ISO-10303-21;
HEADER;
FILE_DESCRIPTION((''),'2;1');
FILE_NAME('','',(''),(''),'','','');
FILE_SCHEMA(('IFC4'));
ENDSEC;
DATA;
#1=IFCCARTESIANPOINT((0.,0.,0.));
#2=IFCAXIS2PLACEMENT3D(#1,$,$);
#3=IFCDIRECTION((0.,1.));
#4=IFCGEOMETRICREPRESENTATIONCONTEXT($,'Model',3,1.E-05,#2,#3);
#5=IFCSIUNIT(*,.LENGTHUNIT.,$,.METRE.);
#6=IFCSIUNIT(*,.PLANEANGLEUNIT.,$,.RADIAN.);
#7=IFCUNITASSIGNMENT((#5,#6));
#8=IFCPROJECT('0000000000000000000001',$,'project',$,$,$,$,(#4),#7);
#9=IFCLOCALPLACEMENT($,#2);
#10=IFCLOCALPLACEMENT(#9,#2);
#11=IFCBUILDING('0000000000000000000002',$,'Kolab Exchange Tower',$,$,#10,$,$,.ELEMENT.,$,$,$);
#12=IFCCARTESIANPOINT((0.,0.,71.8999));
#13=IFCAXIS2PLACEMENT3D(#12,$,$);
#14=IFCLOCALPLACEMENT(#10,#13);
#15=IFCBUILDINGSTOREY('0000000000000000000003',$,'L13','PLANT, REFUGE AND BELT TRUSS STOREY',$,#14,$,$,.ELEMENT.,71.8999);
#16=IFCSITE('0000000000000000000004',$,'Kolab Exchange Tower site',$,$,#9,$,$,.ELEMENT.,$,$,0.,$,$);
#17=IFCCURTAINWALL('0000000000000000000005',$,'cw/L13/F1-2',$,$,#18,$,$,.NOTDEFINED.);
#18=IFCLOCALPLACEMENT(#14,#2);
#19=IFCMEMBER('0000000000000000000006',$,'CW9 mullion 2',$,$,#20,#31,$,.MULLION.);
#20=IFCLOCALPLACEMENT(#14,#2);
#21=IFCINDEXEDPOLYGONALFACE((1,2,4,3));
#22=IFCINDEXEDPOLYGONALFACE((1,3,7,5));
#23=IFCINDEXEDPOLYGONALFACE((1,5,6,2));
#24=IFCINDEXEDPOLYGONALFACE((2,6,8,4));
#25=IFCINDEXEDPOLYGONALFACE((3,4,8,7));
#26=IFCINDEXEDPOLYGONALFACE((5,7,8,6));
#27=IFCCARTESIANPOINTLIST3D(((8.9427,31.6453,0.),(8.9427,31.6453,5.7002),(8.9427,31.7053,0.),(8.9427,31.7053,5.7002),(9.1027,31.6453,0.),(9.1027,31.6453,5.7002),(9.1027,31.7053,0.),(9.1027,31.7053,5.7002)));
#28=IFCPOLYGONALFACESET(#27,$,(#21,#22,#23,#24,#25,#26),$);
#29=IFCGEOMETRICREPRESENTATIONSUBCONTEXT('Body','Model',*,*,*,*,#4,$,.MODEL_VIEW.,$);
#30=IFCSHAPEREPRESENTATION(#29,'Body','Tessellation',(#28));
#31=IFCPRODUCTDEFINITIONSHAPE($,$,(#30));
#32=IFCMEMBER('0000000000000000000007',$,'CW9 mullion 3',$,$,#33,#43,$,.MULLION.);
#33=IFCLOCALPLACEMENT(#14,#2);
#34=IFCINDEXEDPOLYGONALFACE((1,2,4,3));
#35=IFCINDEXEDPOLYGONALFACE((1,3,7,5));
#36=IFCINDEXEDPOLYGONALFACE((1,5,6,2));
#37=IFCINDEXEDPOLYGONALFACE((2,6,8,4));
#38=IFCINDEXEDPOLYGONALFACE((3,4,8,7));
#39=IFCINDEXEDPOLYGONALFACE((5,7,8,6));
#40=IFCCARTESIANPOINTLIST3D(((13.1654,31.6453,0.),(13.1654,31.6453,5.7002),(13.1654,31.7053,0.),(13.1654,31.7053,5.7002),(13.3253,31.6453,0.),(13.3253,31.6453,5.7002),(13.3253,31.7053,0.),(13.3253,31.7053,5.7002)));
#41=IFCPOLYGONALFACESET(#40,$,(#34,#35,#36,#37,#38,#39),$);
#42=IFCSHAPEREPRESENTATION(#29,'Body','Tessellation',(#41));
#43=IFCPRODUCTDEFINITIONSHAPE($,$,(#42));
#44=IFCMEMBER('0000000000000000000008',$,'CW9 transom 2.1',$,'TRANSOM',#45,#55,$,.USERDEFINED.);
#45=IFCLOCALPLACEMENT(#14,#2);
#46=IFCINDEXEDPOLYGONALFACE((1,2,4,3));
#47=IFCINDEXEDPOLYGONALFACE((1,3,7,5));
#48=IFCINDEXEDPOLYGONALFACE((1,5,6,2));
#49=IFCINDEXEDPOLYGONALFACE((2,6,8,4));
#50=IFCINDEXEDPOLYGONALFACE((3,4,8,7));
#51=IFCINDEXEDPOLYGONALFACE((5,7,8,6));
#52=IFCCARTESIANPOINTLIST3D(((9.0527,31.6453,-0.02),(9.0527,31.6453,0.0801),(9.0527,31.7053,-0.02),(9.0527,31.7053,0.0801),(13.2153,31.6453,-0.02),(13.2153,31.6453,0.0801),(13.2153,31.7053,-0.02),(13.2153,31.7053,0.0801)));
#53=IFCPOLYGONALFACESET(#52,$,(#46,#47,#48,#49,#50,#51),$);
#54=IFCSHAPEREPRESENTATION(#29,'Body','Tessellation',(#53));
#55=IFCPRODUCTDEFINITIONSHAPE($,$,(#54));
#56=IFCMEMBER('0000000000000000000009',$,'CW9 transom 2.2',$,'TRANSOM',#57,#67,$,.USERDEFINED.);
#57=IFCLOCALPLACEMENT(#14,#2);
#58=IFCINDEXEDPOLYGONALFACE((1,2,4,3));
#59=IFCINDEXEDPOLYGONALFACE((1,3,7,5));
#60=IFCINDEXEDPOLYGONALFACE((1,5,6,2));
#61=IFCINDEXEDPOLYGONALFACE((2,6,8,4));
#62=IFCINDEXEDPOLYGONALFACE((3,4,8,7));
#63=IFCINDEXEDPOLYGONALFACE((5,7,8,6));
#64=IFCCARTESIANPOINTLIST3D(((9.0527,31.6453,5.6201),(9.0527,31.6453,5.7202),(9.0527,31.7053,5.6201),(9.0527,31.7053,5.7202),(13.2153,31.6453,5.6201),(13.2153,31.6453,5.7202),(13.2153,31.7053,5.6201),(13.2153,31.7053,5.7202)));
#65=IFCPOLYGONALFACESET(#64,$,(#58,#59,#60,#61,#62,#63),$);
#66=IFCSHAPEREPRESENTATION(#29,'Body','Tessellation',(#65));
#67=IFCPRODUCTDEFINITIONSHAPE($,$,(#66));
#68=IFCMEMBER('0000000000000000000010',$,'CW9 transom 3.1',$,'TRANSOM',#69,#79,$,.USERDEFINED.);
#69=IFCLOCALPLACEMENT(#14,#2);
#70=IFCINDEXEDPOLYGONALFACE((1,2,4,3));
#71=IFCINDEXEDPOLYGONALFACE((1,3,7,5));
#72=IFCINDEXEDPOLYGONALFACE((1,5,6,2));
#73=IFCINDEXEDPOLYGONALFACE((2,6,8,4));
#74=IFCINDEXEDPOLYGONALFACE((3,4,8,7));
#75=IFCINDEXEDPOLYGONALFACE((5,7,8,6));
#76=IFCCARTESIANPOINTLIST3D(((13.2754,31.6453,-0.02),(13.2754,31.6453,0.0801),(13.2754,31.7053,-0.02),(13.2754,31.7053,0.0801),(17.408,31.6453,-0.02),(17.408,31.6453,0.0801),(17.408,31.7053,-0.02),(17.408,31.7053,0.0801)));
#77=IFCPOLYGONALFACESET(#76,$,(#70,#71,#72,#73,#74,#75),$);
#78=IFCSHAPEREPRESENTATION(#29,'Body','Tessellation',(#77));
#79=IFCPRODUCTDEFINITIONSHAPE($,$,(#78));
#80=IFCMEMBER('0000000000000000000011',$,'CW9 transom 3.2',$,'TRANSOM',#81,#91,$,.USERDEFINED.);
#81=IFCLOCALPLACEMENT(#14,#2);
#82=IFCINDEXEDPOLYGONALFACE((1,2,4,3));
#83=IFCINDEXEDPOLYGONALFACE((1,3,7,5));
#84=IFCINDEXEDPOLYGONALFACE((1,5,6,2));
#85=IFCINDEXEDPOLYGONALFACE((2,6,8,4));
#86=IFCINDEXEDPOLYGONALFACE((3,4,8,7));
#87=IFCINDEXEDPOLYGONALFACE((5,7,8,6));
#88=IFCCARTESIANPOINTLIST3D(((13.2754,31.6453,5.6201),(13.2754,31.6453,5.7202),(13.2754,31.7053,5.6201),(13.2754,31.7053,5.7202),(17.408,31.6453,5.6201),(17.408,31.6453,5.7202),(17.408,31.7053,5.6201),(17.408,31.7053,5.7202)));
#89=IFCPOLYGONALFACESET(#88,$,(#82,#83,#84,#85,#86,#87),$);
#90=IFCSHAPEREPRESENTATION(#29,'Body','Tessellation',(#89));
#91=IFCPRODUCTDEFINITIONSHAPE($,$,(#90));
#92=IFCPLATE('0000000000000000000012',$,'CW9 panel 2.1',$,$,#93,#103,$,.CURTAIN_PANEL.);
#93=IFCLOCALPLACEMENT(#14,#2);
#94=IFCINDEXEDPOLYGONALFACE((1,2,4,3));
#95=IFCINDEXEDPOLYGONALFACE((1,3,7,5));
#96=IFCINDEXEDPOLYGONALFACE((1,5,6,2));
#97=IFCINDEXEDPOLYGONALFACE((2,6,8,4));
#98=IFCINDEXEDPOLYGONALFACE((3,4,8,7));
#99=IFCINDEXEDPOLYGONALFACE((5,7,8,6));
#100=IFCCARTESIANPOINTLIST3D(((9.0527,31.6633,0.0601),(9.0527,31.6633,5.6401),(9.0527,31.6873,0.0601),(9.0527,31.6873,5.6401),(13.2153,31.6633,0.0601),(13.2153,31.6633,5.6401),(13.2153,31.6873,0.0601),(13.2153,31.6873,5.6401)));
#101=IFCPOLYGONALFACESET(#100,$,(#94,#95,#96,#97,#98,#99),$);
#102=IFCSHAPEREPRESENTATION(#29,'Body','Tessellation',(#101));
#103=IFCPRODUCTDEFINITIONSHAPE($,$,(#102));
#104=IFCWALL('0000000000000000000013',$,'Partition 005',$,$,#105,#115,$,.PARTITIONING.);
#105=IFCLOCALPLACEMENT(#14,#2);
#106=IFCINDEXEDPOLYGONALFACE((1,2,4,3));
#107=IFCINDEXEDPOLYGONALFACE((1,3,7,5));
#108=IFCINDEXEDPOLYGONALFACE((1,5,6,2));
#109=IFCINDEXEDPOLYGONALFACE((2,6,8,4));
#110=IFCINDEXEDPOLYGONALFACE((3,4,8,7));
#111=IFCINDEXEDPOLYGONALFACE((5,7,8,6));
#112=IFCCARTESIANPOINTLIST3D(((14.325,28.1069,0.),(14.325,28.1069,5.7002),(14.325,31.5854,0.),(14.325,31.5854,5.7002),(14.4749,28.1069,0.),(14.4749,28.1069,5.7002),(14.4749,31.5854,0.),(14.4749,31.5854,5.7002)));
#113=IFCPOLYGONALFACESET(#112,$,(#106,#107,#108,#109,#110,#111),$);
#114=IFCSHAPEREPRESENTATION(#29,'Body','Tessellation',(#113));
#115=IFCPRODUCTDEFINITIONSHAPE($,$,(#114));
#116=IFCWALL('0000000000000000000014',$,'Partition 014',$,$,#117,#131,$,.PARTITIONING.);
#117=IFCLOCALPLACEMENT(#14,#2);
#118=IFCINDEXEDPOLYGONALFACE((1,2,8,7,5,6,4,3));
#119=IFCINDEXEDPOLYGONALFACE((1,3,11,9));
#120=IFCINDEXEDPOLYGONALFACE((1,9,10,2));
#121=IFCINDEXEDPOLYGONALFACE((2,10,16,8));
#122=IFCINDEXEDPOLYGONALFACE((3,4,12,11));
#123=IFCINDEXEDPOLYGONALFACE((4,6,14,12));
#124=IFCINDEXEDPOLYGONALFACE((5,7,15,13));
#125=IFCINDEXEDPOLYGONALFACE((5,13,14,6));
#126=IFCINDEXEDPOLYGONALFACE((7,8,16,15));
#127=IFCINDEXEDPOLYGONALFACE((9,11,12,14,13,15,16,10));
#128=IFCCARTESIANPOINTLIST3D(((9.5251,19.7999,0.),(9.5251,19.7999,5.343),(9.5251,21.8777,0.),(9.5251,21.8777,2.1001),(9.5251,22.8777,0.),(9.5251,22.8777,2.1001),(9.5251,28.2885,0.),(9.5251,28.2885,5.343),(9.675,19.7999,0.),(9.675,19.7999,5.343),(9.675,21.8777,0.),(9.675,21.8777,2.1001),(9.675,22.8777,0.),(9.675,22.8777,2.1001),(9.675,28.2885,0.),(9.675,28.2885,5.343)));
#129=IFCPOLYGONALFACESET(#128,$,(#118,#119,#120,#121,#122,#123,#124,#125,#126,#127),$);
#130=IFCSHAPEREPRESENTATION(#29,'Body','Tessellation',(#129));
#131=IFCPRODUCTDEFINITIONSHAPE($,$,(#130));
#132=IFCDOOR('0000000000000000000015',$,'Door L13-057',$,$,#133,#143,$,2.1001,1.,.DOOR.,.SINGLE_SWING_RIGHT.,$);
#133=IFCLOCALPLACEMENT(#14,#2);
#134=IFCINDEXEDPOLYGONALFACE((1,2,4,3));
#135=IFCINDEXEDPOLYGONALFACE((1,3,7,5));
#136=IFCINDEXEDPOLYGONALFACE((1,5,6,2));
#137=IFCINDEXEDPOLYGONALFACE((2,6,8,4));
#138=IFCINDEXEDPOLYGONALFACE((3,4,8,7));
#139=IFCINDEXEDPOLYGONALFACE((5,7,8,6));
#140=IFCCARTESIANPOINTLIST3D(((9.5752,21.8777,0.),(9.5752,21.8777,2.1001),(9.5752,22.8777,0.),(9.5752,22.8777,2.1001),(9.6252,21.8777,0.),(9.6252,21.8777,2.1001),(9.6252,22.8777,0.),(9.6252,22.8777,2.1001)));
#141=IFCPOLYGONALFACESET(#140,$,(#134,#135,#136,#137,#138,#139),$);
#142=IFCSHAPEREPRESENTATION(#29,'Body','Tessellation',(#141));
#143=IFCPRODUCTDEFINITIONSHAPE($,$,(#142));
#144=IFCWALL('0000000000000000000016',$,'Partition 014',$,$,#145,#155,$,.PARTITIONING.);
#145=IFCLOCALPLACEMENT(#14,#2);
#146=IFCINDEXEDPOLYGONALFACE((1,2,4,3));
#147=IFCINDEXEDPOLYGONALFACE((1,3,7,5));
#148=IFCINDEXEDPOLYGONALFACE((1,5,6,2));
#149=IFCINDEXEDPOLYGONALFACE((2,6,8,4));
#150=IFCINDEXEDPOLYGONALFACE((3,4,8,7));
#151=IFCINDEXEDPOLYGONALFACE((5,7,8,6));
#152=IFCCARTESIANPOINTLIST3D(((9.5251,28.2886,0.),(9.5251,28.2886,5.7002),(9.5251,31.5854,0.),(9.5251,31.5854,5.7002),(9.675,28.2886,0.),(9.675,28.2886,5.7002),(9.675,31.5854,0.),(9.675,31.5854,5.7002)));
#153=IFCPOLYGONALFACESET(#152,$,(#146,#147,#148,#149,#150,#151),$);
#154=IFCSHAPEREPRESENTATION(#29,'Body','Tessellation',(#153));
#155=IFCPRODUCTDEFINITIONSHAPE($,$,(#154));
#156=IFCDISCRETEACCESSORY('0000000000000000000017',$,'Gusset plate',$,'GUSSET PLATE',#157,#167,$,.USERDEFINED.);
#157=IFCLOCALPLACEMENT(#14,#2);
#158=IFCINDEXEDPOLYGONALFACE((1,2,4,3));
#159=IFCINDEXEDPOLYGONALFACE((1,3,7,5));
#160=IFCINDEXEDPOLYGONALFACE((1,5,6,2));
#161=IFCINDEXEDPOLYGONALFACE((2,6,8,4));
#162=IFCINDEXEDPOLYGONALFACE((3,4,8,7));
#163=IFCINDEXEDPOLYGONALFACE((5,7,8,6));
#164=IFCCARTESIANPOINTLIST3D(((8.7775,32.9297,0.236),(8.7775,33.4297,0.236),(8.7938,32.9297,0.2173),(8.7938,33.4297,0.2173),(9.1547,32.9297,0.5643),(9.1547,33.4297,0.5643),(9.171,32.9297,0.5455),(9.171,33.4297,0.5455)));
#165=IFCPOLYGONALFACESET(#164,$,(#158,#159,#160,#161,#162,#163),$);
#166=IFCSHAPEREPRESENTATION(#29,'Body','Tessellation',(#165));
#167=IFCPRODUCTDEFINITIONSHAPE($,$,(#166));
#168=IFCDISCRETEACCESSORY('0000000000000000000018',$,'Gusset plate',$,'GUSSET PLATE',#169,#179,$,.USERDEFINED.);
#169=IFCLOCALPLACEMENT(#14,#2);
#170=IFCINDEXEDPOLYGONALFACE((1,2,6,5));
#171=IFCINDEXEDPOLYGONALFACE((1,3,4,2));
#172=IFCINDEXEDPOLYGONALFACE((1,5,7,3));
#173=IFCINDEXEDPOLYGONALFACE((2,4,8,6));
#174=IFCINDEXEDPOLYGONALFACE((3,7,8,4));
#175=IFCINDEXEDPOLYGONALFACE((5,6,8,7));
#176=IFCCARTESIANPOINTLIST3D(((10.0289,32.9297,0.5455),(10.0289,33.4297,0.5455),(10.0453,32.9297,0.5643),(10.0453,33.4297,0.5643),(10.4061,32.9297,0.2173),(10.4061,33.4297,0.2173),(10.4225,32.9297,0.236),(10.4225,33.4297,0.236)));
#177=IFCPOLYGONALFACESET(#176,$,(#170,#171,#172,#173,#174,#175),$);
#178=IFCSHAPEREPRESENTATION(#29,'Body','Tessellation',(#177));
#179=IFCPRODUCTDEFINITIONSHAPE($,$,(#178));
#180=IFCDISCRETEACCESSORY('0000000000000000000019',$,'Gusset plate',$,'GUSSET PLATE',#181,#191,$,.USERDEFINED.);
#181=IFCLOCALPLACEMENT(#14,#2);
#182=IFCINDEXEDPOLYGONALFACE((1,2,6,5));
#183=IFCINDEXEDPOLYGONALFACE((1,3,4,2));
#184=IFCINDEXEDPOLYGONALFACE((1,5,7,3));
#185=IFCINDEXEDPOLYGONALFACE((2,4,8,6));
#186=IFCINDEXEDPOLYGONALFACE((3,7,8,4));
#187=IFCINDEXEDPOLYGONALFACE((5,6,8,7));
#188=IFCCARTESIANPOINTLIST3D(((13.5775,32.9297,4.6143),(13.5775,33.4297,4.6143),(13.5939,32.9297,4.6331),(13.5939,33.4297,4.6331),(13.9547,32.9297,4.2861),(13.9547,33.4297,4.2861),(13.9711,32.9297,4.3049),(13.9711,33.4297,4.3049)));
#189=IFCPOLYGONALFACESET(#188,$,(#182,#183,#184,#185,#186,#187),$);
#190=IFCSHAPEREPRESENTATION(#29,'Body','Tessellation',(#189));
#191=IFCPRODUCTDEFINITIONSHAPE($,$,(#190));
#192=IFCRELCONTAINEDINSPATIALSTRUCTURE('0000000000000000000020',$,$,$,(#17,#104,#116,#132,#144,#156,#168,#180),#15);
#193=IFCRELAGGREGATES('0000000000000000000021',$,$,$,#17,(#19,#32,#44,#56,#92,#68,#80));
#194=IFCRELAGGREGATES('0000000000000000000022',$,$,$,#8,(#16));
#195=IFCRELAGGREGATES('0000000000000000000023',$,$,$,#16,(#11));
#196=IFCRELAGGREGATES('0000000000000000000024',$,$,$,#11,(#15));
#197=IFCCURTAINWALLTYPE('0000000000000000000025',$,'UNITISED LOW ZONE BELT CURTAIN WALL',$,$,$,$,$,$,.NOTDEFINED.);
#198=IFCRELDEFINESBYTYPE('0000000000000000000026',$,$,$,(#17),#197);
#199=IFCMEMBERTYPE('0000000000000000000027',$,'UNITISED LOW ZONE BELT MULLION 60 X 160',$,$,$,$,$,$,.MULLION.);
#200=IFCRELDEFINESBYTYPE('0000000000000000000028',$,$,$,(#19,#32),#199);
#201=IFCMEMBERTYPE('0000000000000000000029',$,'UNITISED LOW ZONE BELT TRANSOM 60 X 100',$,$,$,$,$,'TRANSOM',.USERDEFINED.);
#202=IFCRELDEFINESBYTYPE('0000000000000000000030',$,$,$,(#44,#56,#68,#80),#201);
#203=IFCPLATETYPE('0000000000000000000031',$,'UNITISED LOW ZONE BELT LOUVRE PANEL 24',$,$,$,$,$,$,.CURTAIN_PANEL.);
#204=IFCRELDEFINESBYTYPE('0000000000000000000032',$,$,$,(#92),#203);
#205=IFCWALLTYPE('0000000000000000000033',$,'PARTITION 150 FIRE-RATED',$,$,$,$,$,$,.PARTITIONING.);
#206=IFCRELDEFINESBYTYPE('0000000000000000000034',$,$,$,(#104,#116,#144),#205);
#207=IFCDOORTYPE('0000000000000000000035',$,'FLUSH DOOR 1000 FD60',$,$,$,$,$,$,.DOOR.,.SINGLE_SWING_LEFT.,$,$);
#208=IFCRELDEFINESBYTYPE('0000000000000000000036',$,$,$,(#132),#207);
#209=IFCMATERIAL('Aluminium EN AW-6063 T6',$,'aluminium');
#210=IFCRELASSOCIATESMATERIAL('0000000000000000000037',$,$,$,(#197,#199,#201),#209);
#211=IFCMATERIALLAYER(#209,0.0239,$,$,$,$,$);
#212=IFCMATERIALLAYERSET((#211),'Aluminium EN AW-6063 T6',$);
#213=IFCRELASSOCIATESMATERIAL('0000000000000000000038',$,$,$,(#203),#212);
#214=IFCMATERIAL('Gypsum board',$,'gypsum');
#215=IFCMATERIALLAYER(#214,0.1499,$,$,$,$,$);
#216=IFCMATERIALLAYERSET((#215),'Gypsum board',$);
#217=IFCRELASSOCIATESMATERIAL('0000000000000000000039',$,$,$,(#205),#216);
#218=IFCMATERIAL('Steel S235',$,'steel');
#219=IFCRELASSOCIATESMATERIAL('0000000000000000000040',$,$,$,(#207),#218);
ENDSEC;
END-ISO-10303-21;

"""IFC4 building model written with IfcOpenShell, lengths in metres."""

from ifc_helpers import new_model, si_unit, direction, frame, frame_2d, origin, origin_2d, place, context, subcontext, project, spatial, rectangle, extrude, material, layer, layer_set, material_profile, profile_set, type_object, element, fill, aggregate, save


model = new_model("IFC4")

# Units and contexts
model_context = context("Model", 3, precision=1e-05, world=origin(), true_north=direction((0.0, 1.0)))
body_context = subcontext(model_context, "Body", "Model", "MODEL_VIEW")
ifc_project = project(units=[si_unit("LENGTHUNIT", "METRE"), si_unit("PLANEANGLEUNIT", "RADIAN")], contexts=[model_context])

# Site, building, storey
site_placement = place(None, origin())
site = spatial("IfcSite", under=ifc_project, at=site_placement, Name="Kolab Exchange Tower site", CompositionType="ELEMENT", RefElevation=0.0)
building_placement = place(site_placement, origin())
building = spatial("IfcBuilding", under=site, at=building_placement, Name="Kolab Exchange Tower", CompositionType="ELEMENT")
storey_placement = place(building_placement, frame((0.0, 0.0, 71.8999)))
storey = spatial("IfcBuildingStorey", under=building, at=storey_placement, Name="L13", Description="PLANT, REFUGE AND BELT TRUSS STOREY", CompositionType="ELEMENT", Elevation=71.8999)

# Curtain wall, members, plate
ifc_material_1 = material(Name="Aluminium EN AW-6063 T6", Category="aluminium")
curtain_wall_type = type_object("IfcCurtainWallType", Name="UNITISED LOW ZONE BELT CURTAIN WALL", PredefinedType="NOTDEFINED", material=ifc_material_1)
curtain_wall_placement = place(storey_placement, origin())
curtain_wall = element("IfcCurtainWall", 1, at=curtain_wall_placement, inside=storey, type_object=curtain_wall_type, Name="cw/L13/F1-2", PredefinedType="NOTDEFINED")
ifc_material_profile_1 = material_profile(ifc_material_1, rectangle(XDim=0.0601, YDim=0.1599, at=origin_2d()), Name="RECT 60X160")
ifc_profile_set_1 = profile_set([ifc_material_profile_1], Name="Aluminium EN AW-6063 T6")
member_type_1 = type_object("IfcMemberType", Name="UNITISED LOW ZONE BELT MULLION 60 X 160", PredefinedType="MULLION", material=ifc_profile_set_1)
member_1_placement = place(storey_placement, frame((9.0227, 31.6753, 0.0), z_axis=(0.0, 0.0, 1.0), x_axis=(0.0, 1.0, 0.0)))
member_1 = element("IfcMember", 2, at=member_1_placement, type_object=member_type_1, Name="CW9 mullion 2", PredefinedType="MULLION", context=body_context, shape_type="SweptSolid", body=[
    extrude(rectangle(XDim=0.0601, YDim=0.1599, at=origin_2d()), origin(), (0.0, 0.0, 1.0), 5.7002),
])
member_2_placement = place(storey_placement, frame((13.2454, 31.6753, 0.0), z_axis=(0.0, 0.0, 1.0), x_axis=(0.0, 1.0, 0.0)))
member_2 = element("IfcMember", 3, at=member_2_placement, type_object=member_type_1, Name="CW9 mullion 3", PredefinedType="MULLION", context=body_context, shape_type="SweptSolid", body=[
    extrude(rectangle(XDim=0.0601, YDim=0.1599, at=origin_2d()), origin(), (0.0, 0.0, 1.0), 5.7002),
])
ifc_material_profile_2 = material_profile(ifc_material_1, rectangle(XDim=0.0601, YDim=0.1001, at=origin_2d()), Name="RECT 60X100")
ifc_profile_set_2 = profile_set([ifc_material_profile_2], Name="Aluminium EN AW-6063 T6")
member_type_2 = type_object("IfcMemberType", Name="UNITISED LOW ZONE BELT TRANSOM 60 X 100", ElementType="TRANSOM", PredefinedType="USERDEFINED", material=ifc_profile_set_2)
member_3_placement = place(storey_placement, frame((9.0527, 31.6753, 0.03), z_axis=(1.0, 0.0, 0.0), x_axis=(0.0, 1.0, 0.0)))
member_3 = element("IfcMember", 4, at=member_3_placement, type_object=member_type_2, Name="CW9 transom 2.1", ObjectType="TRANSOM", PredefinedType="USERDEFINED", context=body_context, shape_type="SweptSolid", body=[
    extrude(rectangle(XDim=0.0601, YDim=0.1001, at=origin_2d()), origin(), (0.0, 0.0, 1.0), 4.1626),
])
member_4_placement = place(storey_placement, frame((9.0527, 31.6753, 5.6702), z_axis=(1.0, 0.0, 0.0), x_axis=(0.0, 1.0, 0.0)))
member_4 = element("IfcMember", 5, at=member_4_placement, type_object=member_type_2, Name="CW9 transom 2.2", ObjectType="TRANSOM", PredefinedType="USERDEFINED", context=body_context, shape_type="SweptSolid", body=[
    extrude(rectangle(XDim=0.0601, YDim=0.1001, at=origin_2d()), origin(), (0.0, 0.0, 1.0), 4.1626),
])
member_5_placement = place(storey_placement, frame((13.2754, 31.6753, 0.03), z_axis=(1.0, 0.0, 0.0), x_axis=(0.0, 1.0, 0.0)))
member_5 = element("IfcMember", 6, at=member_5_placement, type_object=member_type_2, Name="CW9 transom 3.1", ObjectType="TRANSOM", PredefinedType="USERDEFINED", context=body_context, shape_type="SweptSolid", body=[
    extrude(rectangle(XDim=0.0601, YDim=0.1001, at=origin_2d()), origin(), (0.0, 0.0, 1.0), 4.1326),
])
member_6_placement = place(storey_placement, frame((13.2754, 31.6753, 5.6702), z_axis=(1.0, 0.0, 0.0), x_axis=(0.0, 1.0, 0.0)))
member_6 = element("IfcMember", 7, at=member_6_placement, type_object=member_type_2, Name="CW9 transom 3.2", ObjectType="TRANSOM", PredefinedType="USERDEFINED", context=body_context, shape_type="SweptSolid", body=[
    extrude(rectangle(XDim=0.0601, YDim=0.1001, at=origin_2d()), origin(), (0.0, 0.0, 1.0), 4.1326),
])
ifc_layer_1 = layer(ifc_material_1, 0.0239)
ifc_layer_set_1 = layer_set([ifc_layer_1], Name="Aluminium EN AW-6063 T6")
plate_type = type_object("IfcPlateType", Name="UNITISED LOW ZONE BELT LOUVRE PANEL 24", PredefinedType="CURTAIN_PANEL", material=ifc_layer_set_1)
plate_placement = place(storey_placement, frame((11.134, 31.6753, 0.0601), z_axis=(0.0, 0.0, 1.0), x_axis=(1.0, 0.0, 0.0)))
plate = element("IfcPlate", 8, at=plate_placement, type_object=plate_type, Name="CW9 panel 2.1", PredefinedType="CURTAIN_PANEL", context=body_context, shape_type="SweptSolid", body=[
    extrude(rectangle(XDim=4.1626, YDim=0.0239, at=origin_2d()), origin(), (0.0, 0.0, 1.0), 5.5801),
])
aggregate(curtain_wall, [member_1, member_2, member_3, member_4, plate, member_5, member_6])

# Wall
ifc_material_2 = material(Name="Gypsum board", Category="gypsum")
ifc_layer_2 = layer(ifc_material_2, 0.1499)
ifc_layer_set_2 = layer_set([ifc_layer_2], Name="Gypsum board")
wall_type = type_object("IfcWallType", Name="PARTITION 150 FIRE-RATED", PredefinedType="PARTITIONING", material=ifc_layer_set_2)
wall_1_placement = place(storey_placement, frame((14.3999, 28.1069, 0.0), z_axis=(0.0, 0.0, 1.0), x_axis=(0.0, 1.0, 0.0)))
element("IfcWall", 9, at=wall_1_placement, inside=storey, type_object=wall_type, Name="Partition 005", PredefinedType="PARTITIONING", context=body_context, shape_type="SweptSolid", body=[
    extrude(rectangle(XDim=3.4785, YDim=0.1499, at=frame_2d((1.7393, 0.0))), origin(), (0.0, 0.0, 1.0), 5.7002),
])

# Wall, opening, door
wall_2_placement = place(storey_placement, frame((9.6001, 19.8, 0.0), z_axis=(0.0, 0.0, 1.0), x_axis=(0.0, 1.0, 0.0)))
wall_2 = element("IfcWall", 10, at=wall_2_placement, inside=storey, type_object=wall_type, Name="Partition 014", PredefinedType="PARTITIONING", context=body_context, shape_type="SweptSolid", body=[
    extrude(rectangle(XDim=8.4885, YDim=0.1499, at=frame_2d((4.2441, 0.0))), origin(), (0.0, 0.0, 1.0), 5.343),
])
opening_placement = place(wall_2_placement, frame((2.0776, 0.0, 0.0)))
opening = element("IfcOpeningElement", 11, at=opening_placement, cuts=wall_2, PredefinedType="OPENING", context=body_context, shape_type="SweptSolid", body=[
    extrude(rectangle(XDim=1.0, YDim=2.1001, at=frame_2d((0.5, 1.05))), frame((0.0, 0.085, 0.0), z_axis=(0.0, -1.0, 0.0), x_axis=(1.0, 0.0, 0.0)), (0.0, 0.0, 1.0), 0.1699),
])
ifc_material_3 = material(Name="Steel S235", Category="steel")
door_type = type_object("IfcDoorType", Name="FLUSH DOOR 1000 FD60", OperationType="SINGLE_SWING_LEFT", PredefinedType="DOOR", material=ifc_material_3)
door_placement = place(opening_placement, origin())
door = element("IfcDoor", 12, at=door_placement, inside=storey, type_object=door_type, Name="Door L13-057", OperationType="SINGLE_SWING_RIGHT", OverallHeight=2.1001, OverallWidth=1.0, PredefinedType="DOOR", context=body_context, shape_type="SweptSolid", body=[
    extrude(rectangle(XDim=1.0, YDim=2.1001, at=frame_2d((0.5, 1.05))), frame((0.0, 0.0249, 0.0), z_axis=(0.0, -1.0, 0.0), x_axis=(1.0, 0.0, 0.0)), (0.0, 0.0, 1.0), 0.05),
])
fill(opening, door)

# Wall
wall_3_placement = place(storey_placement, frame((9.6001, 28.2886, 0.0), z_axis=(0.0, 0.0, 1.0), x_axis=(0.0, 1.0, 0.0)))
element("IfcWall", 13, at=wall_3_placement, inside=storey, type_object=wall_type, Name="Partition 014", PredefinedType="PARTITIONING", context=body_context, shape_type="SweptSolid", body=[
    extrude(rectangle(XDim=3.2969, YDim=0.1499, at=frame_2d((1.6484, 0.0))), origin(), (0.0, 0.0, 1.0), 5.7002),
])

# Discrete accessories
for number, where, z_axis, x_axis, name in (
    (14, (8.9661, 33.1797, 0.4001), (0.656421, 0.0, -0.754395), (0.0, 1.0, 0.0), "Gusset plate"),
    (15, (10.2339, 33.1797, 0.4001), (-0.656421, 0.0, -0.754395), (0.0, -1.0, 0.0), "Gusset plate"),
    (16, (13.7661, 33.1797, 4.4502), (0.656421, 0.0, 0.754395), (0.0, 1.0, 0.0), "Gusset plate"),
):
    element("IfcDiscreteAccessory", number, at=place(storey_placement, frame(where, z_axis=z_axis, x_axis=x_axis)), inside=storey, Name=name, ObjectType="GUSSET PLATE", PredefinedType="USERDEFINED", context=body_context, shape_type="SweptSolid", body=[
        extrude(rectangle(XDim=0.5, YDim=0.5, at=origin_2d()), origin(), (0.0, 0.0, 1.0), 0.0249),
    ])

save(model, "model.ifc")
